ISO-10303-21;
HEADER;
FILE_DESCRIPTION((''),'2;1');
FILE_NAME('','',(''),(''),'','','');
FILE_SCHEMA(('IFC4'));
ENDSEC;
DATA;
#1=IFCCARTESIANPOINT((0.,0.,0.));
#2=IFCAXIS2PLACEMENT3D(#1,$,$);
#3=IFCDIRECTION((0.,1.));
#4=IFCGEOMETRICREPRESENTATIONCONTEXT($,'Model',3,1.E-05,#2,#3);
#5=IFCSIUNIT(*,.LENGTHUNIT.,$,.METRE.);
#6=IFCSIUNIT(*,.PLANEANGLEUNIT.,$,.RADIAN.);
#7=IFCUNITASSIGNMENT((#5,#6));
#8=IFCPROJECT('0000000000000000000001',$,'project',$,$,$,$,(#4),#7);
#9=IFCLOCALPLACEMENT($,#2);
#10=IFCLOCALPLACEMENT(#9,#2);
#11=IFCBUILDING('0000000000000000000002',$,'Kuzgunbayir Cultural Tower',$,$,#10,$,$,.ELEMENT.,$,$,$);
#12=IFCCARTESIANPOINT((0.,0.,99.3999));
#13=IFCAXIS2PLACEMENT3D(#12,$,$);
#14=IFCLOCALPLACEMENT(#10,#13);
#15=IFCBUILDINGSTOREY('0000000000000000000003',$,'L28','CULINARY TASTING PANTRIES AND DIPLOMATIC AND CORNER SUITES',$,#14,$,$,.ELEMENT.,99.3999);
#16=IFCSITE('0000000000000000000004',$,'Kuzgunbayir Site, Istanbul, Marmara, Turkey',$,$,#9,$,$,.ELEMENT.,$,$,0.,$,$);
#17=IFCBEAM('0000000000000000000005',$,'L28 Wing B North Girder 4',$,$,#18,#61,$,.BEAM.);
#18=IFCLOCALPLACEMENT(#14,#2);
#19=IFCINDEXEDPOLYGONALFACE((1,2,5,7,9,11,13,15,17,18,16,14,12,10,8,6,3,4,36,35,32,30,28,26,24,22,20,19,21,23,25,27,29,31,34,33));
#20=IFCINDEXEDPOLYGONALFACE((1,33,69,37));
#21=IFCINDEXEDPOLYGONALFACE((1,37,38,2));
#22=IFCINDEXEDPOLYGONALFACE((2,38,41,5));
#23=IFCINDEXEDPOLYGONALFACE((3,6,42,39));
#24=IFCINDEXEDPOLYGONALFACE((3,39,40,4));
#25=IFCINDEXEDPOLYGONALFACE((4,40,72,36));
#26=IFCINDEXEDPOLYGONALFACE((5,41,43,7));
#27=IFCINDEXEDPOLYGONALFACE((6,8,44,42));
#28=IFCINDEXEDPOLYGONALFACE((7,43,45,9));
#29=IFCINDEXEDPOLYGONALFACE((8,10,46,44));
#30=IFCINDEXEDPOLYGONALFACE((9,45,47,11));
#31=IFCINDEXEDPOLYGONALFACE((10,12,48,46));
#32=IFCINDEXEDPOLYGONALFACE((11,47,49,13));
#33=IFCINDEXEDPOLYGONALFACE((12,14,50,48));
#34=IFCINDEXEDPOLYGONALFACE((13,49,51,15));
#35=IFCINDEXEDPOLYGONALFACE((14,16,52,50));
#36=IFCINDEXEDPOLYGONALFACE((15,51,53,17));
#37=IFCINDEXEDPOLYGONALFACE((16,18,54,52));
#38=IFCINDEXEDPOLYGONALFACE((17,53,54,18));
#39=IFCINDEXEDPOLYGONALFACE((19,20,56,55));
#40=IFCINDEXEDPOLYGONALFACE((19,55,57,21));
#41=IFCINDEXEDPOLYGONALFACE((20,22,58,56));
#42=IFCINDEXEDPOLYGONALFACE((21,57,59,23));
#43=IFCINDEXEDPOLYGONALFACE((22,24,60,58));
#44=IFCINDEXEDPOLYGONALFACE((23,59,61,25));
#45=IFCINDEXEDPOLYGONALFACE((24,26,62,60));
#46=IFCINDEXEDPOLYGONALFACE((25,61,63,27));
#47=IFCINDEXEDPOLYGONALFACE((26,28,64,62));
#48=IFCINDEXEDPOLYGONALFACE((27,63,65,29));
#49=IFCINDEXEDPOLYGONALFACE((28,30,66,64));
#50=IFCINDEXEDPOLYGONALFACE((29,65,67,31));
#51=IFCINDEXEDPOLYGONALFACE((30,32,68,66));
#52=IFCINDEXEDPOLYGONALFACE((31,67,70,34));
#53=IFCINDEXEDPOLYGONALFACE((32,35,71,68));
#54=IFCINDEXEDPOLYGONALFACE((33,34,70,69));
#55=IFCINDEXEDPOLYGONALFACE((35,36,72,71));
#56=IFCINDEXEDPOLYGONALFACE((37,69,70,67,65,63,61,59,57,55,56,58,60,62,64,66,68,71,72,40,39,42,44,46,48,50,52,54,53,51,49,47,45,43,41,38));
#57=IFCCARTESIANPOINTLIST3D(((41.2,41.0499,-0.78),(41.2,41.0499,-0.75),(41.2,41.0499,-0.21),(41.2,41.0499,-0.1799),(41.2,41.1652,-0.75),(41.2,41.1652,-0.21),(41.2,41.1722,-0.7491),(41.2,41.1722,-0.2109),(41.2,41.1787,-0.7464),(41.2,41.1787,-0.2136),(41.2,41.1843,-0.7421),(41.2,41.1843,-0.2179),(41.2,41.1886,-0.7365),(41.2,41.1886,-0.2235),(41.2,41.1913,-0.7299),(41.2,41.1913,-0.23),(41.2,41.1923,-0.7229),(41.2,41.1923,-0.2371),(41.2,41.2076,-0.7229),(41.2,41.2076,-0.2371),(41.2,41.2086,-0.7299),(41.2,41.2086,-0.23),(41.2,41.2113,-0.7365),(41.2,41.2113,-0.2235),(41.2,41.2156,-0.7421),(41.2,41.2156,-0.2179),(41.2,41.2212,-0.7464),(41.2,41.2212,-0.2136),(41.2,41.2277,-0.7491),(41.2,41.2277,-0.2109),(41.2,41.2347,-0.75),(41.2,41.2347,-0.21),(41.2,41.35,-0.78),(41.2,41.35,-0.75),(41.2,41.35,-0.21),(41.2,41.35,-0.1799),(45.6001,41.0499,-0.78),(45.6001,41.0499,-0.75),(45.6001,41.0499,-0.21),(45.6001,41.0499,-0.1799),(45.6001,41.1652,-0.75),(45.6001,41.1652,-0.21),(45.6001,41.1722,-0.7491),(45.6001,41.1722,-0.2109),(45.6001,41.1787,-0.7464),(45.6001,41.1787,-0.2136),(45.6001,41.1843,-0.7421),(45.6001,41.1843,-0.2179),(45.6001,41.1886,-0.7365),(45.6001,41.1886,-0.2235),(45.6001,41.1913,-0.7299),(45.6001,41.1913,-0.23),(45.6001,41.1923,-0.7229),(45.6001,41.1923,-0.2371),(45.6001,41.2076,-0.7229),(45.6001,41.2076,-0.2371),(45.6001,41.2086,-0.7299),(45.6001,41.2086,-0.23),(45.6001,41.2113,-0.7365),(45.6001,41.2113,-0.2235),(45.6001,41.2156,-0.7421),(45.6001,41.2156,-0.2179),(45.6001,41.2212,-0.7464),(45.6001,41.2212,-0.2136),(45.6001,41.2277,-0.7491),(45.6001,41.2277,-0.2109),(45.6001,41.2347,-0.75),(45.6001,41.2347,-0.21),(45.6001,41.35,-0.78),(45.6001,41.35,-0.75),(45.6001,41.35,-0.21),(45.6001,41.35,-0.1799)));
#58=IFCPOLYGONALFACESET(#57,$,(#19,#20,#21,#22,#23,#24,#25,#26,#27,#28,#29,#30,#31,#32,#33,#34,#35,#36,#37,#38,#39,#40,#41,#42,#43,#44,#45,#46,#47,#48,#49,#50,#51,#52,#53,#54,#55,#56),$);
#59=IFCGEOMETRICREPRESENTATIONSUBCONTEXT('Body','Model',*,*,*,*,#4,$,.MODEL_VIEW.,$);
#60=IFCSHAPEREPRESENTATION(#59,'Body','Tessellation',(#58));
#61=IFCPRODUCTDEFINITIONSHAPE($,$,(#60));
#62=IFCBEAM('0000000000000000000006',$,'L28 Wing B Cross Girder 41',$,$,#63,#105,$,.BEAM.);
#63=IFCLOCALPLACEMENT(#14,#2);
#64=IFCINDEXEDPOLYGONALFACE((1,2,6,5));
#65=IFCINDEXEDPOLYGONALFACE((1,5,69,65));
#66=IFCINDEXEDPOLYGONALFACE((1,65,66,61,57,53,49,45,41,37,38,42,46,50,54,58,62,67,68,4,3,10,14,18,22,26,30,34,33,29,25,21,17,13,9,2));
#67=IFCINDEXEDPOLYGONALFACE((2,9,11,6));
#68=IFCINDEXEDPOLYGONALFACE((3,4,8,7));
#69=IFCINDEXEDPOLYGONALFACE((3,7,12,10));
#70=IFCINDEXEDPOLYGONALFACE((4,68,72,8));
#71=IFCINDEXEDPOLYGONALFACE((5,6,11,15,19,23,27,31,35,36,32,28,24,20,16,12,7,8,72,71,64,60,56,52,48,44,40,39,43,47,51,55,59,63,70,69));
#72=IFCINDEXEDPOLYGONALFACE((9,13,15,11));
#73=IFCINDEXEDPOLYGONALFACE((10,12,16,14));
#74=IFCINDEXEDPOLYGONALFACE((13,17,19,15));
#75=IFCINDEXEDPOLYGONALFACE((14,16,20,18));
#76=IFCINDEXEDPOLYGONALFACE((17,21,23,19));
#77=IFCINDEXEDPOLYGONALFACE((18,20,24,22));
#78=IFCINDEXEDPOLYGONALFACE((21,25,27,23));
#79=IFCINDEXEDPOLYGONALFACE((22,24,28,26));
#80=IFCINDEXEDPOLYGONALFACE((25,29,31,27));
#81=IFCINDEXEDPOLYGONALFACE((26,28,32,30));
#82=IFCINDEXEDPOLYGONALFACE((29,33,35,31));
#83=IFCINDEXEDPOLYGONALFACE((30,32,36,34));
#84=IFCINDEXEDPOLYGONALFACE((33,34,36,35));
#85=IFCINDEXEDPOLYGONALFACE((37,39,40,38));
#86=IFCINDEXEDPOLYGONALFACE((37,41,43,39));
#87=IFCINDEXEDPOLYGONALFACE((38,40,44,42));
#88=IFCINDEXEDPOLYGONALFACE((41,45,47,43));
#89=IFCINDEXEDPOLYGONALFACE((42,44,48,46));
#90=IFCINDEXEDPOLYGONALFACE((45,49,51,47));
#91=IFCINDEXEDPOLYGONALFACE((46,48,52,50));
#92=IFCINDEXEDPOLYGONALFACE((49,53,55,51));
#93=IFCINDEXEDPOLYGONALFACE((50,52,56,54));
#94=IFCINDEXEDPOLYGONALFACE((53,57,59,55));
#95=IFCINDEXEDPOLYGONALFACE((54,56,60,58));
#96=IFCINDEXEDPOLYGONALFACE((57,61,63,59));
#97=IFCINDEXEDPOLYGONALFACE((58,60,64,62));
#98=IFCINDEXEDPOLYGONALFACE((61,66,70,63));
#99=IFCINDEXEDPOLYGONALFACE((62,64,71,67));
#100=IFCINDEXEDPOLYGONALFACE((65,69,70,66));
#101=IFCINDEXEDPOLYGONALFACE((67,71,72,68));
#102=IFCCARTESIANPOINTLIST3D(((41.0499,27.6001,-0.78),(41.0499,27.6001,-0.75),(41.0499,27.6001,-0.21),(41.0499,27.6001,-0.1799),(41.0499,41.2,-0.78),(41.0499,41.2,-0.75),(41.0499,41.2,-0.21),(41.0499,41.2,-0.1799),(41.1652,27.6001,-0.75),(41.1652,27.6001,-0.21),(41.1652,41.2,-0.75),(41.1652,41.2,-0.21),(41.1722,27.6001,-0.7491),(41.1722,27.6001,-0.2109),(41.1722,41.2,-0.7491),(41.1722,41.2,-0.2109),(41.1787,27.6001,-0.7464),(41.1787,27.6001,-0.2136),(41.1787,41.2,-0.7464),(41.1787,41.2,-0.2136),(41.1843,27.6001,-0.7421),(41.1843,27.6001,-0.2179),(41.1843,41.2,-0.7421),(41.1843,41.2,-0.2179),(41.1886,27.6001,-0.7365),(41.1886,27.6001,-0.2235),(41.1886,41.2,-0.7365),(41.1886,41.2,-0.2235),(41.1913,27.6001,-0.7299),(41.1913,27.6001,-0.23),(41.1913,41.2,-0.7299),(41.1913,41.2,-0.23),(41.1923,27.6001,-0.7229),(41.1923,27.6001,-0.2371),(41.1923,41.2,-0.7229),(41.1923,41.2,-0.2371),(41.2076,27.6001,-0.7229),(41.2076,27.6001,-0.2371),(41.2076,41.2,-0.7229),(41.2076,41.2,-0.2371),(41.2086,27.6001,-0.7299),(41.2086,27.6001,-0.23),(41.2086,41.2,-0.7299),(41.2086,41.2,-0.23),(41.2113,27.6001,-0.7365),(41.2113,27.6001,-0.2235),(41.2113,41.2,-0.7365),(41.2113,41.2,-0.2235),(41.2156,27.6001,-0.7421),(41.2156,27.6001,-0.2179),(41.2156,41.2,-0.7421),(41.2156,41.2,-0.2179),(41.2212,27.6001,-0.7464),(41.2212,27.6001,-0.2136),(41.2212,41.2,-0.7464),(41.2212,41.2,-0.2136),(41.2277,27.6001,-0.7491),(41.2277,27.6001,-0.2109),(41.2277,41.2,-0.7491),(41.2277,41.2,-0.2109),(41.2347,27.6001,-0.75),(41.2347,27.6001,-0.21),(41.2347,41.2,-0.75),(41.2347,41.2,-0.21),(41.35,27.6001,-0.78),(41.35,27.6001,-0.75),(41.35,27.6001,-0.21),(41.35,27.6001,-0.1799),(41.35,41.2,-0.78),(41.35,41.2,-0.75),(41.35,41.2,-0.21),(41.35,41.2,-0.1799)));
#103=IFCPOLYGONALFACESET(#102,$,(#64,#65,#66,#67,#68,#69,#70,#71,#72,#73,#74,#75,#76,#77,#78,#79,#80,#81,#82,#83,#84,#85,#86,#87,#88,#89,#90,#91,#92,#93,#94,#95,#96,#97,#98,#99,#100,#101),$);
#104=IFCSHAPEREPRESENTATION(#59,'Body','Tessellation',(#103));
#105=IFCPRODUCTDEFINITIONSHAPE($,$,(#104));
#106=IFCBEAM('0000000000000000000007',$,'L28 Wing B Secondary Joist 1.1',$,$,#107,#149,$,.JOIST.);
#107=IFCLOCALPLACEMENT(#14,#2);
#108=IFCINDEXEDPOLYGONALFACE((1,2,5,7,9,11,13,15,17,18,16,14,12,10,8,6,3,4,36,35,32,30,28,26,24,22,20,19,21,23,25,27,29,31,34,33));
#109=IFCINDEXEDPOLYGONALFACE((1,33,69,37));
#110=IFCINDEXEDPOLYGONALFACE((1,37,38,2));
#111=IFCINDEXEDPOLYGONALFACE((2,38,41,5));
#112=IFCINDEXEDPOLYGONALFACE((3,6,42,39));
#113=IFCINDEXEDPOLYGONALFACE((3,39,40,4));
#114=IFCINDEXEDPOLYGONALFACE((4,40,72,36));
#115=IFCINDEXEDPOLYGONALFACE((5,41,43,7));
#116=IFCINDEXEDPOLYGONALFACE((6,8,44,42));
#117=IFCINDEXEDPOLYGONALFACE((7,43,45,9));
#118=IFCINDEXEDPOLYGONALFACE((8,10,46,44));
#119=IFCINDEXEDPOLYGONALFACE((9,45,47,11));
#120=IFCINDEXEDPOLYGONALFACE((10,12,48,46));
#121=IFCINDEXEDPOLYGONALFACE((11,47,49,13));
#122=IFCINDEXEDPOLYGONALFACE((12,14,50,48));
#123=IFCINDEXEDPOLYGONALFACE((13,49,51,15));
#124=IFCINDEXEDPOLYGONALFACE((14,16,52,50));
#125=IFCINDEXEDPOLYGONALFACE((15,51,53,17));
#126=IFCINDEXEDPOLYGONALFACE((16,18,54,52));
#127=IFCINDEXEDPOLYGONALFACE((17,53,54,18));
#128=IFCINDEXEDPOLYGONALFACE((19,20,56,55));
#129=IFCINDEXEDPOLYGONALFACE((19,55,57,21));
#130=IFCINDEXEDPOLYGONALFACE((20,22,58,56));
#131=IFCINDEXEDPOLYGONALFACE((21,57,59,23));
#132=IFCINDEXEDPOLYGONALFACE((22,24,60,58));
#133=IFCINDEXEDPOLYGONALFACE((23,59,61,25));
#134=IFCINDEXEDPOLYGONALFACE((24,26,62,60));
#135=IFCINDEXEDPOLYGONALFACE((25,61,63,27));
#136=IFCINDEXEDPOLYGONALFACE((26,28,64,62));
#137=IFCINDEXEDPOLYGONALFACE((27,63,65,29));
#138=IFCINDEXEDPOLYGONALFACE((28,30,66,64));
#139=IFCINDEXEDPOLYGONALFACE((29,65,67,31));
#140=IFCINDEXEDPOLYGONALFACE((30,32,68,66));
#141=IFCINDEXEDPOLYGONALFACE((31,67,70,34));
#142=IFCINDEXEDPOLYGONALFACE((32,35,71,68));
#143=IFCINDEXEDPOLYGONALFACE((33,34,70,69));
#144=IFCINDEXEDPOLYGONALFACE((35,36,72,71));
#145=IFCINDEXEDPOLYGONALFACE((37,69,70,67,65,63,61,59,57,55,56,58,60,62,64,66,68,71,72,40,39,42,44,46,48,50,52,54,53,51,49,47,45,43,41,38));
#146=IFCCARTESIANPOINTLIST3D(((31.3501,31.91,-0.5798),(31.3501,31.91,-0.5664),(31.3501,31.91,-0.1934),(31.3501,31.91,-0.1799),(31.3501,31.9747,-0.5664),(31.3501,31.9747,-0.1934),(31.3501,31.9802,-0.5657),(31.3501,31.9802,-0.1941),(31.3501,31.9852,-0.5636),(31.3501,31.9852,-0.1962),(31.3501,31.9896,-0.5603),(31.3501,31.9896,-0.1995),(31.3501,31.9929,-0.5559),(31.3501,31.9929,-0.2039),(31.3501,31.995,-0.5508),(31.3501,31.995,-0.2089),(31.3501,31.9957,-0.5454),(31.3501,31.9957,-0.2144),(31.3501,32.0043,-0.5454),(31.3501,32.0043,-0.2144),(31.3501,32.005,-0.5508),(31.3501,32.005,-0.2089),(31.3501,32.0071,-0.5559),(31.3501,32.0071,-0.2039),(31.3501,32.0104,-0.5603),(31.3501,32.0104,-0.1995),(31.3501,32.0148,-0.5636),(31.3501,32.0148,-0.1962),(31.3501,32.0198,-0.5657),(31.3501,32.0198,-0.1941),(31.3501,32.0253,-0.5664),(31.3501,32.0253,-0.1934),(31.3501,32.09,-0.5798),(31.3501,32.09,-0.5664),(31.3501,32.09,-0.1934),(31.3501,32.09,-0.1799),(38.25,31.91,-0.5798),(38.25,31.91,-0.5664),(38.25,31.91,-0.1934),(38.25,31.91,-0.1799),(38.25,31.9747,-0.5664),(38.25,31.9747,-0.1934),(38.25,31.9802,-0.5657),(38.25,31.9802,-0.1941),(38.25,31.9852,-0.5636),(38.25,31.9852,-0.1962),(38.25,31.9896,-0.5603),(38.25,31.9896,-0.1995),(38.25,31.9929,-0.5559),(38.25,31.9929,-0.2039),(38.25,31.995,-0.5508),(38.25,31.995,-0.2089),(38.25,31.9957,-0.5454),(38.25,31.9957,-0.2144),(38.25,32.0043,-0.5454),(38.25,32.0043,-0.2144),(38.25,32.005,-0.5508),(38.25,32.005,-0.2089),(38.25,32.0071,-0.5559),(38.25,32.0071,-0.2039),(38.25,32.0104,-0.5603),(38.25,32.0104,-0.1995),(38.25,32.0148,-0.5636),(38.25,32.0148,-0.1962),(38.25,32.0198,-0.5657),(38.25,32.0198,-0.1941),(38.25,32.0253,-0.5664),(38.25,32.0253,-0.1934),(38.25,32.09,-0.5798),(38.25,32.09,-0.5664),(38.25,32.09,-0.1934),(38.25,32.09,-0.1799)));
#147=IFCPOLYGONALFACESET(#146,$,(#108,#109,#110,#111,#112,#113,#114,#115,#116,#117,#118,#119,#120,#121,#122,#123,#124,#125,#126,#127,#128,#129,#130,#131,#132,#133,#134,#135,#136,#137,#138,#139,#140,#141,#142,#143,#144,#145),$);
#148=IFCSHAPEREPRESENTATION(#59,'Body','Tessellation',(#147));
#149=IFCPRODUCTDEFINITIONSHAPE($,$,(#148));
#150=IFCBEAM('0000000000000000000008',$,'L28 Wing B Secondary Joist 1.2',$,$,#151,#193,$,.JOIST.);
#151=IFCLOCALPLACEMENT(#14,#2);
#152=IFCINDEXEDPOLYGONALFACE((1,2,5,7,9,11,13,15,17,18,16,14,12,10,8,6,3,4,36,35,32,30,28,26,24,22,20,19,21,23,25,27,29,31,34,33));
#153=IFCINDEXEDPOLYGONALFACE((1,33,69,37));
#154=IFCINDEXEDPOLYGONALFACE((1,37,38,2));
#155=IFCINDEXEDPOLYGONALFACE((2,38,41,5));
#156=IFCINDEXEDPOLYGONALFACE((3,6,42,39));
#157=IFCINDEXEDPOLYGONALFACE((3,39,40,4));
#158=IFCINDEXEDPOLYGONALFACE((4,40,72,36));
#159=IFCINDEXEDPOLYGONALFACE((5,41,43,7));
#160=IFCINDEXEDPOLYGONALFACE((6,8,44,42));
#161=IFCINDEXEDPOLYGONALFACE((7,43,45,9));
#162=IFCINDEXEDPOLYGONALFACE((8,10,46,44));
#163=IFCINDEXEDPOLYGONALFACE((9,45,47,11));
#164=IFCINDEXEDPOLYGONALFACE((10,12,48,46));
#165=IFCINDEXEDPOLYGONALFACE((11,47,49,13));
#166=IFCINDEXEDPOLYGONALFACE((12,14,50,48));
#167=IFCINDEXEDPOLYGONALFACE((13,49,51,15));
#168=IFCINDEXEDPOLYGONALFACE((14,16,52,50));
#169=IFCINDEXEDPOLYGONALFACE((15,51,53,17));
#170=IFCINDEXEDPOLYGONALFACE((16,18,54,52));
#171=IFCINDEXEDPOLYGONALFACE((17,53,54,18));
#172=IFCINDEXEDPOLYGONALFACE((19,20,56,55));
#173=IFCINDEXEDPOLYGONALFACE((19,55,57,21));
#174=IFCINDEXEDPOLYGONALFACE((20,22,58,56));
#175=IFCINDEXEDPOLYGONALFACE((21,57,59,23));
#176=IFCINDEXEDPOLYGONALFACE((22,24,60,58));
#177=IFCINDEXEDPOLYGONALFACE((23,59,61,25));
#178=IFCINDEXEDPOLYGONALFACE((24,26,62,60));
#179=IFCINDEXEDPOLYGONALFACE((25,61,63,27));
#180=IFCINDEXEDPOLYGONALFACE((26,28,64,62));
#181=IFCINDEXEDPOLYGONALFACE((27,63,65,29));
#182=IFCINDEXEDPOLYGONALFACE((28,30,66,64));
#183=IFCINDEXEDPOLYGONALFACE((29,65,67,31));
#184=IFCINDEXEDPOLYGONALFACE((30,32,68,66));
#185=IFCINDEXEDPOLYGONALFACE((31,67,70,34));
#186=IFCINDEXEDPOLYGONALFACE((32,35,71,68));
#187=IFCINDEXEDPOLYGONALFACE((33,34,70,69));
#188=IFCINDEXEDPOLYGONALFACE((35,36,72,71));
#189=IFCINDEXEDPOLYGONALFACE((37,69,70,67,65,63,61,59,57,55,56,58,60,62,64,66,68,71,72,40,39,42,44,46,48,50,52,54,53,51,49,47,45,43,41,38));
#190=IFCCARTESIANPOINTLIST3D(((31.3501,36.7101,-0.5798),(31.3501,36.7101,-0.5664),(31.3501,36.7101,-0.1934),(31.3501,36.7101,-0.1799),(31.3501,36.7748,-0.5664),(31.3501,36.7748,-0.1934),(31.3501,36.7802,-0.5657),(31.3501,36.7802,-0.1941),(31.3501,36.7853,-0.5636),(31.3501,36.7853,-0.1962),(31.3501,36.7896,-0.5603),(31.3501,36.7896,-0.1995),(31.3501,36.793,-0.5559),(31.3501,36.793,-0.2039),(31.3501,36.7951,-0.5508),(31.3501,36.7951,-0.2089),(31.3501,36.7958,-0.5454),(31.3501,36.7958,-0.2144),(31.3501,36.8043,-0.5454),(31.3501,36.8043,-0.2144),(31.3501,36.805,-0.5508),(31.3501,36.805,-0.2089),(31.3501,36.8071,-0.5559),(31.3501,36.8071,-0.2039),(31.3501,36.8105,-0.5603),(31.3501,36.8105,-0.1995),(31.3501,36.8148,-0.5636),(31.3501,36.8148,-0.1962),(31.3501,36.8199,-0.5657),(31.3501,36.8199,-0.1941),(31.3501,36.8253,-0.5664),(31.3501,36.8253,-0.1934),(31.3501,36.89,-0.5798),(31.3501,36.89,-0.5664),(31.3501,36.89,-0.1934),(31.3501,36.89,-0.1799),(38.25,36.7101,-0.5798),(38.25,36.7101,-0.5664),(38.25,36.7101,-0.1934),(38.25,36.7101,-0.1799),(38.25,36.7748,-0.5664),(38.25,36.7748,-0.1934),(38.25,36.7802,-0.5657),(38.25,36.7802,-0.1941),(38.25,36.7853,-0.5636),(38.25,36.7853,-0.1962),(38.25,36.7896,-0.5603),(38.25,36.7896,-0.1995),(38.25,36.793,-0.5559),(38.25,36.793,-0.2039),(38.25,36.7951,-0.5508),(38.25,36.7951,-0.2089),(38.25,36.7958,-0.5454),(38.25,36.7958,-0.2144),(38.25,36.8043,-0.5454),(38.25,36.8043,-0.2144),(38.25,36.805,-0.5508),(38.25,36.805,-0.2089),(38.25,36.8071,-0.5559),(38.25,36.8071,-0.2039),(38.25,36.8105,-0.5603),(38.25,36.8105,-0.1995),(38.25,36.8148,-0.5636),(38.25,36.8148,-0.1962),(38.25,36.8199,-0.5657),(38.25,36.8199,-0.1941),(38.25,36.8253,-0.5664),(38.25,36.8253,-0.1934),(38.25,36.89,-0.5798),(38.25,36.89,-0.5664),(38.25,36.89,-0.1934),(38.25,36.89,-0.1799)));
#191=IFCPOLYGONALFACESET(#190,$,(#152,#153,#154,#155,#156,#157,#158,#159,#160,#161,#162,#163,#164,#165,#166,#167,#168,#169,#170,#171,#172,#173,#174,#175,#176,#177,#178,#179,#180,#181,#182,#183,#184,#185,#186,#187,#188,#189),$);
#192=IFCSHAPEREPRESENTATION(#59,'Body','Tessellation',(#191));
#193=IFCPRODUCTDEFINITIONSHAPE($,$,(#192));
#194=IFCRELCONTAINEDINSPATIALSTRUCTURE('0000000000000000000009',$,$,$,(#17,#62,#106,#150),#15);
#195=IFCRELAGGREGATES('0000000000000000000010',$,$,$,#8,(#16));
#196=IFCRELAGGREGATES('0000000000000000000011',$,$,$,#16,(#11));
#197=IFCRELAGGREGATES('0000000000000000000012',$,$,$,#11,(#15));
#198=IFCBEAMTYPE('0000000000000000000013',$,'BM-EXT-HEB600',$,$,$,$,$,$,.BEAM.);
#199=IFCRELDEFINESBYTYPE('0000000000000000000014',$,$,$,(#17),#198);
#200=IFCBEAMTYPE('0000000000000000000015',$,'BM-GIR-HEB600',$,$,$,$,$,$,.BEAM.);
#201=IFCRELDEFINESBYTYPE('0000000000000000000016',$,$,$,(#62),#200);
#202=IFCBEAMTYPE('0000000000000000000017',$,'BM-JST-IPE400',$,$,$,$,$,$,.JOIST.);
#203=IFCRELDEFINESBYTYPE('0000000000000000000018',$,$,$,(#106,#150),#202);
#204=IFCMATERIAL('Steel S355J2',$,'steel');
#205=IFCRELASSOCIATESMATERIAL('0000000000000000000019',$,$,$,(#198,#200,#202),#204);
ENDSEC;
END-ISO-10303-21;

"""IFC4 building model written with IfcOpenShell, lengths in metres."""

from ifc_helpers import new_model, si_unit, direction, frame, origin, origin_2d, place, context, subcontext, project, spatial, i_section, extrude, material, material_profile, profile_set, type_object, element, save


model = new_model("IFC4")

# Units and contexts
model_context = context("Model", 3, precision=1e-05, world=origin(), true_north=direction((0.0, 1.0)))
body_context = subcontext(model_context, "Body", "Model", "MODEL_VIEW")
ifc_project = project(units=[si_unit("LENGTHUNIT", "METRE"), si_unit("PLANEANGLEUNIT", "RADIAN")], contexts=[model_context])

# Site, building, storey
site_placement = place(None, origin())
site = spatial("IfcSite", under=ifc_project, at=site_placement, Name="Kuzgunbayir Site, Istanbul, Marmara, Turkey", CompositionType="ELEMENT", RefElevation=0.0)
building_placement = place(site_placement, origin())
building = spatial("IfcBuilding", under=site, at=building_placement, Name="Kuzgunbayir Cultural Tower", CompositionType="ELEMENT")
storey_placement = place(building_placement, frame((0.0, 0.0, 99.3999)))
storey = spatial("IfcBuildingStorey", under=building, at=storey_placement, Name="L28", Description="CULINARY TASTING PANTRIES AND DIPLOMATIC AND CORNER SUITES", CompositionType="ELEMENT", Elevation=99.3999)

# Beams
ifc_material_1 = material(Name="Steel S355J2", Category="steel")
ifc_material_profile_1 = material_profile(ifc_material_1, i_section(OverallWidth=0.3, OverallDepth=0.6001, WebThickness=0.0154, FlangeThickness=0.03, FilletRadius=0.0271, at=origin_2d()), Name="HEB 600")
ifc_profile_set_1 = profile_set([ifc_material_profile_1], Name="Steel S355J2")
beam_type_1 = type_object("IfcBeamType", Name="BM-EXT-HEB600", PredefinedType="BEAM", material=ifc_profile_set_1)
for number, where, z_axis, x_axis, name in (
    (1, (41.2, 41.2, -0.48), (1.0, 0.0, 0.0), (0.0, 1.0, 0.0), "L28 Wing B North Girder 4"),
):
    element("IfcBeam", number, at=place(storey_placement, frame(where, z_axis=z_axis, x_axis=x_axis)), inside=storey, type_object=beam_type_1, Name=name, PredefinedType="BEAM", context=body_context, shape_type="SweptSolid", body=[
        extrude(i_section(OverallWidth=0.3, OverallDepth=0.6001, WebThickness=0.0154, FlangeThickness=0.03, FilletRadius=0.0271, at=origin_2d()), origin(), (0.0, 0.0, 1.0), 4.4001),
    ])
ifc_material_profile_2 = material_profile(ifc_material_1, i_section(OverallWidth=0.3, OverallDepth=0.6001, WebThickness=0.0154, FlangeThickness=0.03, FilletRadius=0.0271, at=origin_2d()), Name="HEB 600")
ifc_profile_set_2 = profile_set([ifc_material_profile_2], Name="Steel S355J2")
beam_type_2 = type_object("IfcBeamType", Name="BM-GIR-HEB600", PredefinedType="BEAM", material=ifc_profile_set_2)
beam_1_placement = place(storey_placement, frame((41.2, 27.6001, -0.48), z_axis=(0.0, 1.0, 0.0), x_axis=(-1.0, 0.0, 0.0)))
element("IfcBeam", 2, at=beam_1_placement, inside=storey, type_object=beam_type_2, Name="L28 Wing B Cross Girder 41", PredefinedType="BEAM", context=body_context, shape_type="SweptSolid", body=[
    extrude(i_section(OverallWidth=0.3, OverallDepth=0.6001, WebThickness=0.0154, FlangeThickness=0.03, FilletRadius=0.0271, at=origin_2d()), origin(), (0.0, 0.0, 1.0), 13.5999),
])
ifc_material_profile_3 = material_profile(ifc_material_1, i_section(OverallWidth=0.1799, OverallDepth=0.3999, WebThickness=0.0085, FlangeThickness=0.0134, FilletRadius=0.021, at=origin_2d()), Name="IPE 400")
ifc_profile_set_3 = profile_set([ifc_material_profile_3], Name="Steel S355J2")
beam_type_3 = type_object("IfcBeamType", Name="BM-JST-IPE400", PredefinedType="JOIST", material=ifc_profile_set_3)
for number, where, z_axis, x_axis, name in (
    (3, (31.3501, 32.0, -0.3799), (1.0, 0.0, 0.0), (0.0, 1.0, 0.0), "L28 Wing B Secondary Joist 1.1"),
    (4, (31.3501, 36.8, -0.3799), (1.0, 0.0, 0.0), (0.0, 1.0, 0.0), "L28 Wing B Secondary Joist 1.2"),
):
    element("IfcBeam", number, at=place(storey_placement, frame(where, z_axis=z_axis, x_axis=x_axis)), inside=storey, type_object=beam_type_3, Name=name, PredefinedType="JOIST", context=body_context, shape_type="SweptSolid", body=[
        extrude(i_section(OverallWidth=0.1799, OverallDepth=0.3999, WebThickness=0.0085, FlangeThickness=0.0134, FilletRadius=0.021, at=origin_2d()), origin(), (0.0, 0.0, 1.0), 6.8999),
    ])

save(model, "model.ifc")
